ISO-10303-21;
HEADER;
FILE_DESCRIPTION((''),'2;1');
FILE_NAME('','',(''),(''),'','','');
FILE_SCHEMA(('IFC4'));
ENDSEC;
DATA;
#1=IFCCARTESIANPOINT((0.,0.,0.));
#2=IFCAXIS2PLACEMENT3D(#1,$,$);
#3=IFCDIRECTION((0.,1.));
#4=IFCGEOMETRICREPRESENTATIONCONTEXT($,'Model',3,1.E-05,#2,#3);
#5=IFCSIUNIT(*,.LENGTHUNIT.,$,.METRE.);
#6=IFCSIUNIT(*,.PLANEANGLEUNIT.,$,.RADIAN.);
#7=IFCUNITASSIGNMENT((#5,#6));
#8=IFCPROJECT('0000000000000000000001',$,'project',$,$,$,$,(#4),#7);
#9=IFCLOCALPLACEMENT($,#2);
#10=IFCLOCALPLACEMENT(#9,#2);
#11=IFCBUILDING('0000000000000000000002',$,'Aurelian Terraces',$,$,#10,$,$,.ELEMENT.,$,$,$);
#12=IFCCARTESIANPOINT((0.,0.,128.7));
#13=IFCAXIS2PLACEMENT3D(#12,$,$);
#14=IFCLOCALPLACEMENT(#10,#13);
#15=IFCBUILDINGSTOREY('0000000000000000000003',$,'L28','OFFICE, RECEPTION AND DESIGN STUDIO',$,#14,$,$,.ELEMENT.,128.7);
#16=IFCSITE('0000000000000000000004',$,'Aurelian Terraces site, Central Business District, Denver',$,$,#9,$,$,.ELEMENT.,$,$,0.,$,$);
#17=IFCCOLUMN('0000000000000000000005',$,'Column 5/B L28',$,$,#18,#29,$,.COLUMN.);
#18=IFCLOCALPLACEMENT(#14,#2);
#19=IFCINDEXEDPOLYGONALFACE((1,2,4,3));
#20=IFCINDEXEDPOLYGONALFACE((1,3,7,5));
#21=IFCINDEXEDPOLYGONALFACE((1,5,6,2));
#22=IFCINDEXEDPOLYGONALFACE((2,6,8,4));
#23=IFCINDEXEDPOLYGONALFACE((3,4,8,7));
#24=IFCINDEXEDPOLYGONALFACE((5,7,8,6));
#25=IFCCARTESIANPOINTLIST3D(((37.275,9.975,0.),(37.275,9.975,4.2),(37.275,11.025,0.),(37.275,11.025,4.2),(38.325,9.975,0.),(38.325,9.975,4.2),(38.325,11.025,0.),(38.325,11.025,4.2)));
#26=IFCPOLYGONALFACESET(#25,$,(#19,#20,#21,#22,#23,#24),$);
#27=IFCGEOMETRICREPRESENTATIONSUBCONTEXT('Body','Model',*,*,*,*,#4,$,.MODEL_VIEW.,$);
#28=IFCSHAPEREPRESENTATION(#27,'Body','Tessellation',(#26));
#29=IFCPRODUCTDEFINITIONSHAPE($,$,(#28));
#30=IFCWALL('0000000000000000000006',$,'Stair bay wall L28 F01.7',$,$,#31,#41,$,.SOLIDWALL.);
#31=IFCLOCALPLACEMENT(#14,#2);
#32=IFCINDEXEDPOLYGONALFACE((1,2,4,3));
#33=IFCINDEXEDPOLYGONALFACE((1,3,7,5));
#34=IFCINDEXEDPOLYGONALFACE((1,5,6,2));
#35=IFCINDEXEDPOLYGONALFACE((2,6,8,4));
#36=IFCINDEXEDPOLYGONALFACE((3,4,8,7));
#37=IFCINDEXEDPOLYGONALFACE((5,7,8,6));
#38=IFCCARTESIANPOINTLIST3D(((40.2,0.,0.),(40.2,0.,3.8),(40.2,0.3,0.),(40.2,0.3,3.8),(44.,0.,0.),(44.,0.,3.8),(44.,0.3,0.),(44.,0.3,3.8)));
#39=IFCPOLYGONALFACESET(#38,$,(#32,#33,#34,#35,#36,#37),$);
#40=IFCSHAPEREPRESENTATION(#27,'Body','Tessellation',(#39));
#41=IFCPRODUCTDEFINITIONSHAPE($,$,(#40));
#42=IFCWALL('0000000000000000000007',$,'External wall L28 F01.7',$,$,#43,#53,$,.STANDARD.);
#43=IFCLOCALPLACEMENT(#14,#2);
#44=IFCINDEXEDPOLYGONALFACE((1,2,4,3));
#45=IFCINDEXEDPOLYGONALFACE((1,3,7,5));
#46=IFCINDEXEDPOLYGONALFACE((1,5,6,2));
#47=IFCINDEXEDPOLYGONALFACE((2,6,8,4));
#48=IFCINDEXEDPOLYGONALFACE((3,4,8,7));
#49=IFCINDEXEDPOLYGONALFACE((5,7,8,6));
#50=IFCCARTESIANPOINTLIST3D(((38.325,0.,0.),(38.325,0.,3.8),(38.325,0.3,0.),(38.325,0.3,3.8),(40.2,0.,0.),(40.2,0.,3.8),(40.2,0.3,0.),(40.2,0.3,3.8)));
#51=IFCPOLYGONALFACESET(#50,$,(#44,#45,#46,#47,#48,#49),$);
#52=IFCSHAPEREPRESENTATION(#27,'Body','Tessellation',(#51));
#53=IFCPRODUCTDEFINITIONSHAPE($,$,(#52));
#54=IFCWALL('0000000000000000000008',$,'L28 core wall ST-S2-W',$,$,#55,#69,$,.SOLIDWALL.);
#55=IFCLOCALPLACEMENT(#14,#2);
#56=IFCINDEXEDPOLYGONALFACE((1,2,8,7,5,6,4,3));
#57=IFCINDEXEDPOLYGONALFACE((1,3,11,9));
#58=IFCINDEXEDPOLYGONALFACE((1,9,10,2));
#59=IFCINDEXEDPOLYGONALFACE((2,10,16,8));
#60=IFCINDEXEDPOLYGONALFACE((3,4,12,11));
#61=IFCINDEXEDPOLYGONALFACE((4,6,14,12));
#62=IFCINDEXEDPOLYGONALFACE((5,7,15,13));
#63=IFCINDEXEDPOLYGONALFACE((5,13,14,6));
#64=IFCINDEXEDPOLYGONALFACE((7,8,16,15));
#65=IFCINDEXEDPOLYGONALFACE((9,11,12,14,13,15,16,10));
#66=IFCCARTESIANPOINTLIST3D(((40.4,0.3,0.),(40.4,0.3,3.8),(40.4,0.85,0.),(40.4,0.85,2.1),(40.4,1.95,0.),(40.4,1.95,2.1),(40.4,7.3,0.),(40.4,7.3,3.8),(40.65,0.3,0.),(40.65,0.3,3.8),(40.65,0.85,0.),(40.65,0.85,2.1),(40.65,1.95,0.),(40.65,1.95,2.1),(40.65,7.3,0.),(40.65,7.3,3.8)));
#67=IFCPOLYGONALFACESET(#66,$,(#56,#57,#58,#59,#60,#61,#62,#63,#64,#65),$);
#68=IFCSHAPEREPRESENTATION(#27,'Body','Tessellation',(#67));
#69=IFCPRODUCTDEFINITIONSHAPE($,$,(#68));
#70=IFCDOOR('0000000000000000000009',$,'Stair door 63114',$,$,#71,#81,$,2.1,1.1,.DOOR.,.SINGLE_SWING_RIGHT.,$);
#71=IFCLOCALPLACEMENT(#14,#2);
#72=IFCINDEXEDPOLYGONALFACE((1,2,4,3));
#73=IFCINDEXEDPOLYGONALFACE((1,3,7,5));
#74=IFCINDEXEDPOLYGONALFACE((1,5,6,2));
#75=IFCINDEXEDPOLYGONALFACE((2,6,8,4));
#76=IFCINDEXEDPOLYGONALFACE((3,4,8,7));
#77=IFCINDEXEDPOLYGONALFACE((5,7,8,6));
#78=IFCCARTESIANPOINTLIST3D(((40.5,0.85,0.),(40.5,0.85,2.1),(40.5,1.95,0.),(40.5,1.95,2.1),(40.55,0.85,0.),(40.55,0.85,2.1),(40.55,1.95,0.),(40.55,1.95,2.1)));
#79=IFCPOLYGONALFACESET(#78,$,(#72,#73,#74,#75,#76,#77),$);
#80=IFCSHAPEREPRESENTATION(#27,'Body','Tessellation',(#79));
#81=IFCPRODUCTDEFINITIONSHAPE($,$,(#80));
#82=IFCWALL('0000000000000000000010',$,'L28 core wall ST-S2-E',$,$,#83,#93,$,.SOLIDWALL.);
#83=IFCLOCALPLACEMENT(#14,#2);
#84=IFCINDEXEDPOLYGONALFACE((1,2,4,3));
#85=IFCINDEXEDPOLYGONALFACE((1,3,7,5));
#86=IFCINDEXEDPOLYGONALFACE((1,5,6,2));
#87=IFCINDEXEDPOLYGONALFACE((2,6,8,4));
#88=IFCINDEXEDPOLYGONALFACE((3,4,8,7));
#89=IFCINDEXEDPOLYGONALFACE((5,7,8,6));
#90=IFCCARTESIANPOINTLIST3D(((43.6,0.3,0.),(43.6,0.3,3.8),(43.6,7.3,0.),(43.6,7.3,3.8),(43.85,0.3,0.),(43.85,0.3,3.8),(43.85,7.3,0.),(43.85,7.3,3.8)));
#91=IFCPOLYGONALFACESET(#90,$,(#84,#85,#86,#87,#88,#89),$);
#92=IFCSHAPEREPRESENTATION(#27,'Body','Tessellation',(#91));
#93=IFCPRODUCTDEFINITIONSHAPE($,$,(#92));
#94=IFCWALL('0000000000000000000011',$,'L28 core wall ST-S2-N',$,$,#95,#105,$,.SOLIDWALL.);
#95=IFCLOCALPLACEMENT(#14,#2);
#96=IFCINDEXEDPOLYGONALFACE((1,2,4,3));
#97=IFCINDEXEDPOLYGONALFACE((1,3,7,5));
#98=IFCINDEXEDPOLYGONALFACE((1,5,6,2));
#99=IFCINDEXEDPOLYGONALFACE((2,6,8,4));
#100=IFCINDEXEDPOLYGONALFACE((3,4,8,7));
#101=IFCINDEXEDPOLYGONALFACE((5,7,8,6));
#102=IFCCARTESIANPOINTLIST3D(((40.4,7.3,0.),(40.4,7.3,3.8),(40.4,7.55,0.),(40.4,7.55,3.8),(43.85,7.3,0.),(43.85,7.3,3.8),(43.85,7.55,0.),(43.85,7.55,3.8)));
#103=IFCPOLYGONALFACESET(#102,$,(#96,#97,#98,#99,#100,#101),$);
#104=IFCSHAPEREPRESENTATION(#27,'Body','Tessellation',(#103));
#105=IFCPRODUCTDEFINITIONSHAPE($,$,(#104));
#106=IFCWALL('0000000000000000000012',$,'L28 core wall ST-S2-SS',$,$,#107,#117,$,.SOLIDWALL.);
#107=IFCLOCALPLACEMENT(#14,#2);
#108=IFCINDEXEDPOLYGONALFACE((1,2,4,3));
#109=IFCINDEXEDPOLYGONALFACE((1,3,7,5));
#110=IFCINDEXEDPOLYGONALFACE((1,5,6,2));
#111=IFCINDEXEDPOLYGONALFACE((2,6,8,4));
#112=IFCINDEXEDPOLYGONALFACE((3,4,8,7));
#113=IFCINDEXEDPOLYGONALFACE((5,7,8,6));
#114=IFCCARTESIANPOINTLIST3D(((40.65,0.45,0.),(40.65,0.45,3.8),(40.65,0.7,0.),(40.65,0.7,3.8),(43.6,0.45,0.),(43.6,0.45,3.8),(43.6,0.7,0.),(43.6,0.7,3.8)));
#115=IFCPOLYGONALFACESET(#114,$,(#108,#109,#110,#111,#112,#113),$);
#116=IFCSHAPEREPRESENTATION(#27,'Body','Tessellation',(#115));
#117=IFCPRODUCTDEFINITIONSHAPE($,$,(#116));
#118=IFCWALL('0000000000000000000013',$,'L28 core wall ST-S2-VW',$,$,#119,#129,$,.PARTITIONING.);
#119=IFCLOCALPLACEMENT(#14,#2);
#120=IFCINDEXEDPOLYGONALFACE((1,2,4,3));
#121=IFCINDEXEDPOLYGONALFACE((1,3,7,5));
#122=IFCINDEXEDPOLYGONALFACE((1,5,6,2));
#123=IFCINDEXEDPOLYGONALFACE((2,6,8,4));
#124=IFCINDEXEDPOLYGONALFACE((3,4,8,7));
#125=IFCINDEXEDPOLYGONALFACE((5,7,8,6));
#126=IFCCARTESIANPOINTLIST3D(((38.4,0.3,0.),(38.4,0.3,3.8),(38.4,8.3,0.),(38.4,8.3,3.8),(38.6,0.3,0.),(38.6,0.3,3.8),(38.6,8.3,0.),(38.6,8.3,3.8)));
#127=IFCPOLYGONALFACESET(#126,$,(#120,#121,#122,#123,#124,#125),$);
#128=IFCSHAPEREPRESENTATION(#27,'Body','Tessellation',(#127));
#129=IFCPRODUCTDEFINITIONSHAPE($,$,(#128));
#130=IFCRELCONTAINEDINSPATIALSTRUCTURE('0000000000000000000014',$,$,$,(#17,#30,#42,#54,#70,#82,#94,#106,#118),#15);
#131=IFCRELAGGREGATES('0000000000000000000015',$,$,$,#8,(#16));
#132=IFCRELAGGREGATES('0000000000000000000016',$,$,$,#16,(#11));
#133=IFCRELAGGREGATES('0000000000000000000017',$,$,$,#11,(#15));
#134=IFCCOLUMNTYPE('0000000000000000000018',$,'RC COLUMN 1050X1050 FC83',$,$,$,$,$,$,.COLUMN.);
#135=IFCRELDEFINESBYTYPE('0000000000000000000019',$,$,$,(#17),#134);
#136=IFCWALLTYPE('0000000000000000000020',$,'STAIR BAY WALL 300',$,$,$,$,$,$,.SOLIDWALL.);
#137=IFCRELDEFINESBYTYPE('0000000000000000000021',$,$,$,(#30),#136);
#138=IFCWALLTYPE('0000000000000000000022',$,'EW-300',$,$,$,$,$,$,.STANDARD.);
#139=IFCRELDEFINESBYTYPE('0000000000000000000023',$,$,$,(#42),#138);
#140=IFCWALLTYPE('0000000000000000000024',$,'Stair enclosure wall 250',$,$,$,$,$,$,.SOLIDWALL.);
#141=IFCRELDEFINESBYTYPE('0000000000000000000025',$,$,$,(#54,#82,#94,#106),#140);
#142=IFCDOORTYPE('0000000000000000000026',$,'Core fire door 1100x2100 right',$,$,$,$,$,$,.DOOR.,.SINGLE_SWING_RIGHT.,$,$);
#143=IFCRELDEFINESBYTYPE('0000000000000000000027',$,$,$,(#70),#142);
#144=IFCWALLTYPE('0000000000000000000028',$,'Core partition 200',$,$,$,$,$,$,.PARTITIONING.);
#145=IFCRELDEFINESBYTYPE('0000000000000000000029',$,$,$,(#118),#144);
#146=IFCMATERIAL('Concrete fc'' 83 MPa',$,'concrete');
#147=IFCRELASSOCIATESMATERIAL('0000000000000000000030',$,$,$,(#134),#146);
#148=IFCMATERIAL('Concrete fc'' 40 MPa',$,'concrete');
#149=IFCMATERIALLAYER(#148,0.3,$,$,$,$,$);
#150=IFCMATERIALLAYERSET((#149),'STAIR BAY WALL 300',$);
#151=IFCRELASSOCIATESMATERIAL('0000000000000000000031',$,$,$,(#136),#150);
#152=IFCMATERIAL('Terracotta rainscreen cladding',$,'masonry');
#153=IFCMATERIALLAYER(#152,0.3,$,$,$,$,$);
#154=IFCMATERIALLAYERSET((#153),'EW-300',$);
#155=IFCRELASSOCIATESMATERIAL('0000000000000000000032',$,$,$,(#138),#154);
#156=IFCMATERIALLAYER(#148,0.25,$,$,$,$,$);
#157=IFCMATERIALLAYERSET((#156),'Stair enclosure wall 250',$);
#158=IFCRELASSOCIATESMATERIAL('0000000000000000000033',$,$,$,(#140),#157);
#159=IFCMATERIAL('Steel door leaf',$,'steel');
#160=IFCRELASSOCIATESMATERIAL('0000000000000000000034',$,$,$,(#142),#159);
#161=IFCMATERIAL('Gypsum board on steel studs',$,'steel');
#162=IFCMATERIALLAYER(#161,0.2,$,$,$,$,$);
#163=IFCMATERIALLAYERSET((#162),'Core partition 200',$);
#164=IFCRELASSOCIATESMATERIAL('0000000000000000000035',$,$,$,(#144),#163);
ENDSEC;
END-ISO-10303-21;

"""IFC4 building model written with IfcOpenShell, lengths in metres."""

from ifc_helpers import new_model, si_unit, direction, frame, frame_2d, origin, origin_2d, place, context, subcontext, project, spatial, rectangle, extrude, source, transform, mapped, material, layer, layer_set, material_profile, profile_set, type_object, element, fill, save


model = new_model("IFC4")

# Units and contexts
model_context = context("Model", 3, precision=1e-05, world=origin(), true_north=direction((0.0, 1.0)))
body_context = subcontext(model_context, "Body", "Model", "MODEL_VIEW")
ifc_project = project(units=[si_unit("LENGTHUNIT", "METRE"), si_unit("PLANEANGLEUNIT", "RADIAN")], contexts=[model_context])

# Site, building, storey
site_placement = place(None, origin())
site = spatial("IfcSite", under=ifc_project, at=site_placement, Name="Aurelian Terraces site, Central Business District, Denver", CompositionType="ELEMENT", RefElevation=0.0)
building_placement = place(site_placement, origin())
building = spatial("IfcBuilding", under=site, at=building_placement, Name="Aurelian Terraces", CompositionType="ELEMENT")
storey_placement = place(building_placement, frame((0.0, 0.0, 128.7)))
storey = spatial("IfcBuildingStorey", under=building, at=storey_placement, Name="L28", Description="OFFICE, RECEPTION AND DESIGN STUDIO", CompositionType="ELEMENT", Elevation=128.7)

# Column
ifc_material_1 = material(Name="Concrete fc' 83 MPa", Category="concrete")
ifc_material_profile = material_profile(ifc_material_1, rectangle(XDim=1.05, YDim=1.05, at=origin_2d()))
ifc_profile_set = profile_set([ifc_material_profile], Name="Concrete fc' 83 MPa")
column_type = type_object("IfcColumnType", Name="RC COLUMN 1050X1050 FC83", PredefinedType="COLUMN", material=ifc_profile_set)
shared_shape_1 = source(origin(), body_context, "Body", "SweptSolid", [
    extrude(rectangle(XDim=1.05, YDim=1.05, at=origin_2d()), origin(), (0.0, 0.0, 1.0), 4.2),
])
column_placement = place(storey_placement, frame((37.8, 10.5, 0.0), z_axis=(0.0, 0.0, 1.0), x_axis=(1.0, 0.0, 0.0)))
element("IfcColumn", 1, at=column_placement, inside=storey, type_object=column_type, Name="Column 5/B L28", PredefinedType="COLUMN", context=body_context, shape_type="MappedRepresentation", body=[
    mapped(shared_shape_1, transform((0.0, 0.0, 0.0), scale=1.0)),
])

# Walls
ifc_material_2 = material(Name="Concrete fc' 40 MPa", Category="concrete")
ifc_layer_1 = layer(ifc_material_2, 0.3)
ifc_layer_set_1 = layer_set([ifc_layer_1], Name="STAIR BAY WALL 300")
wall_type_1 = type_object("IfcWallType", Name="STAIR BAY WALL 300", PredefinedType="SOLIDWALL", material=ifc_layer_set_1)
shared_shape_2 = source(origin(), body_context, "Body", "SweptSolid", [
    extrude(rectangle(XDim=3.8, YDim=0.3, at=frame_2d((1.9, 0.0))), origin(), (0.0, 0.0, 1.0), 3.8),
])
wall_1_placement = place(storey_placement, frame((40.2, 0.15, 0.0), z_axis=(0.0, 0.0, 1.0), x_axis=(1.0, 0.0, 0.0)))
element("IfcWall", 2, at=wall_1_placement, inside=storey, type_object=wall_type_1, Name="Stair bay wall L28 F01.7", PredefinedType="SOLIDWALL", context=body_context, shape_type="MappedRepresentation", body=[
    mapped(shared_shape_2, transform((0.0, 0.0, 0.0), scale=1.0)),
])
ifc_material_3 = material(Name="Terracotta rainscreen cladding", Category="masonry")
ifc_layer_2 = layer(ifc_material_3, 0.3)
ifc_layer_set_2 = layer_set([ifc_layer_2], Name="EW-300")
wall_type_2 = type_object("IfcWallType", Name="EW-300", PredefinedType="STANDARD", material=ifc_layer_set_2)
shared_shape_3 = source(origin(), body_context, "Body", "SweptSolid", [
    extrude(rectangle(XDim=1.875, YDim=0.3, at=frame_2d((0.9375, 0.0))), origin(), (0.0, 0.0, 1.0), 3.8),
])
wall_2_placement = place(storey_placement, frame((38.325, 0.15, 0.0), z_axis=(0.0, 0.0, 1.0), x_axis=(1.0, 0.0, 0.0)))
element("IfcWall", 3, at=wall_2_placement, inside=storey, type_object=wall_type_2, Name="External wall L28 F01.7", PredefinedType="STANDARD", context=body_context, shape_type="MappedRepresentation", body=[
    mapped(shared_shape_3, transform((0.0, 0.0, 0.0), scale=1.0)),
])

# Wall, opening, door
ifc_layer_3 = layer(ifc_material_2, 0.25)
ifc_layer_set_3 = layer_set([ifc_layer_3], Name="Stair enclosure wall 250")
wall_type_3 = type_object("IfcWallType", Name="Stair enclosure wall 250", PredefinedType="SOLIDWALL", material=ifc_layer_set_3)
shared_shape_4 = source(origin(), body_context, "Body", "SweptSolid", [
    extrude(rectangle(XDim=7.0, YDim=0.25, at=frame_2d((3.5, 0.0))), origin(), (0.0, 0.0, 1.0), 3.8),
])
wall_3_placement = place(storey_placement, frame((40.525, 0.3, 0.0), z_axis=(0.0, 0.0, 1.0), x_axis=(0.0, 1.0, 0.0)))
wall_3 = element("IfcWall", 4, at=wall_3_placement, inside=storey, type_object=wall_type_3, Name="L28 core wall ST-S2-W", PredefinedType="SOLIDWALL", context=body_context, shape_type="MappedRepresentation", body=[
    mapped(shared_shape_4, transform((0.0, 0.0, 0.0), scale=1.0)),
])
shared_shape_5 = source(origin(), body_context, "Body", "SweptSolid", [
    extrude(rectangle(XDim=1.1, YDim=2.1, at=frame_2d((0.55, 1.05))), frame((0.0, 0.135, 0.0), z_axis=(0.0, -1.0, 0.0), x_axis=(1.0, 0.0, 0.0)), (0.0, 0.0, 1.0), 0.27),
])
opening_1_placement = place(wall_3_placement, frame((0.55, 0.0, 0.0)))
opening_1 = element("IfcOpeningElement", 5, at=opening_1_placement, cuts=wall_3, PredefinedType="OPENING", context=body_context, shape_type="MappedRepresentation", body=[
    mapped(shared_shape_5, transform((0.0, 0.0, 0.0), scale=1.0)),
])
ifc_material_4 = material(Name="Steel door leaf", Category="steel")
door_type_1 = type_object("IfcDoorType", Name="Core fire door 1100x2100 right", OperationType="SINGLE_SWING_RIGHT", PredefinedType="DOOR", material=ifc_material_4)
shared_shape_6 = source(origin(), body_context, "Body", "SweptSolid", [
    extrude(rectangle(XDim=1.1, YDim=2.1, at=frame_2d((0.55, 1.05))), frame((0.0, 0.025, 0.0), z_axis=(0.0, -1.0, 0.0), x_axis=(1.0, 0.0, 0.0)), (0.0, 0.0, 1.0), 0.05),
])
door_1_placement = place(opening_1_placement, origin())
door_1 = element("IfcDoor", 6, at=door_1_placement, inside=storey, type_object=door_type_1, Name="Stair door 63114", OperationType="SINGLE_SWING_RIGHT", OverallHeight=2.1, OverallWidth=1.1, PredefinedType="DOOR", context=body_context, shape_type="MappedRepresentation", body=[
    mapped(shared_shape_6, transform((0.0, 0.0, 0.0), scale=1.0)),
])
fill(opening_1, door_1)

# Walls
wall_4_placement = place(storey_placement, frame((43.725, 0.3, 0.0), z_axis=(0.0, 0.0, 1.0), x_axis=(0.0, 1.0, 0.0)))
element("IfcWall", 7, at=wall_4_placement, inside=storey, type_object=wall_type_3, Name="L28 core wall ST-S2-E", PredefinedType="SOLIDWALL", context=body_context, shape_type="MappedRepresentation", body=[
    mapped(shared_shape_4, transform((0.0, 0.0, 0.0), scale=1.0)),
])
shared_shape_7 = source(origin(), body_context, "Body", "SweptSolid", [
    extrude(rectangle(XDim=3.45, YDim=0.25, at=frame_2d((1.725, 0.0))), origin(), (0.0, 0.0, 1.0), 3.8),
])
wall_5_placement = place(storey_placement, frame((40.4, 7.425, 0.0), z_axis=(0.0, 0.0, 1.0), x_axis=(1.0, 0.0, 0.0)))
element("IfcWall", 8, at=wall_5_placement, inside=storey, type_object=wall_type_3, Name="L28 core wall ST-S2-N", PredefinedType="SOLIDWALL", context=body_context, shape_type="MappedRepresentation", body=[
    mapped(shared_shape_7, transform((0.0, 0.0, 0.0), scale=1.0)),
])
shared_shape_8 = source(origin(), body_context, "Body", "SweptSolid", [
    extrude(rectangle(XDim=2.95, YDim=0.25, at=frame_2d((1.475, 0.0))), origin(), (0.0, 0.0, 1.0), 3.8),
])
wall_6_placement = place(storey_placement, frame((40.65, 0.575, 0.0), z_axis=(0.0, 0.0, 1.0), x_axis=(1.0, 0.0, 0.0)))
element("IfcWall", 9, at=wall_6_placement, inside=storey, type_object=wall_type_3, Name="L28 core wall ST-S2-SS", PredefinedType="SOLIDWALL", context=body_context, shape_type="MappedRepresentation", body=[
    mapped(shared_shape_8, transform((0.0, 0.0, 0.0), scale=1.0)),
])
ifc_material_5 = material(Name="Gypsum board on steel studs", Category="steel")
ifc_layer_4 = layer(ifc_material_5, 0.2)
ifc_layer_set_4 = layer_set([ifc_layer_4], Name="Core partition 200")
wall_type_4 = type_object("IfcWallType", Name="Core partition 200", PredefinedType="PARTITIONING", material=ifc_layer_set_4)
shared_shape_9 = source(origin(), body_context, "Body", "SweptSolid", [
    extrude(rectangle(XDim=8.0, YDim=0.2, at=frame_2d((4.0, 0.0))), origin(), (0.0, 0.0, 1.0), 3.8),
])
wall_7_placement = place(storey_placement, frame((38.5, 0.3, 0.0), z_axis=(0.0, 0.0, 1.0), x_axis=(0.0, 1.0, 0.0)))
element("IfcWall", 10, at=wall_7_placement, inside=storey, type_object=wall_type_4, Name="L28 core wall ST-S2-VW", PredefinedType="PARTITIONING", context=body_context, shape_type="MappedRepresentation", body=[
    mapped(shared_shape_9, transform((0.0, 0.0, 0.0), scale=1.0)),
])

save(model, "model.ifc")
